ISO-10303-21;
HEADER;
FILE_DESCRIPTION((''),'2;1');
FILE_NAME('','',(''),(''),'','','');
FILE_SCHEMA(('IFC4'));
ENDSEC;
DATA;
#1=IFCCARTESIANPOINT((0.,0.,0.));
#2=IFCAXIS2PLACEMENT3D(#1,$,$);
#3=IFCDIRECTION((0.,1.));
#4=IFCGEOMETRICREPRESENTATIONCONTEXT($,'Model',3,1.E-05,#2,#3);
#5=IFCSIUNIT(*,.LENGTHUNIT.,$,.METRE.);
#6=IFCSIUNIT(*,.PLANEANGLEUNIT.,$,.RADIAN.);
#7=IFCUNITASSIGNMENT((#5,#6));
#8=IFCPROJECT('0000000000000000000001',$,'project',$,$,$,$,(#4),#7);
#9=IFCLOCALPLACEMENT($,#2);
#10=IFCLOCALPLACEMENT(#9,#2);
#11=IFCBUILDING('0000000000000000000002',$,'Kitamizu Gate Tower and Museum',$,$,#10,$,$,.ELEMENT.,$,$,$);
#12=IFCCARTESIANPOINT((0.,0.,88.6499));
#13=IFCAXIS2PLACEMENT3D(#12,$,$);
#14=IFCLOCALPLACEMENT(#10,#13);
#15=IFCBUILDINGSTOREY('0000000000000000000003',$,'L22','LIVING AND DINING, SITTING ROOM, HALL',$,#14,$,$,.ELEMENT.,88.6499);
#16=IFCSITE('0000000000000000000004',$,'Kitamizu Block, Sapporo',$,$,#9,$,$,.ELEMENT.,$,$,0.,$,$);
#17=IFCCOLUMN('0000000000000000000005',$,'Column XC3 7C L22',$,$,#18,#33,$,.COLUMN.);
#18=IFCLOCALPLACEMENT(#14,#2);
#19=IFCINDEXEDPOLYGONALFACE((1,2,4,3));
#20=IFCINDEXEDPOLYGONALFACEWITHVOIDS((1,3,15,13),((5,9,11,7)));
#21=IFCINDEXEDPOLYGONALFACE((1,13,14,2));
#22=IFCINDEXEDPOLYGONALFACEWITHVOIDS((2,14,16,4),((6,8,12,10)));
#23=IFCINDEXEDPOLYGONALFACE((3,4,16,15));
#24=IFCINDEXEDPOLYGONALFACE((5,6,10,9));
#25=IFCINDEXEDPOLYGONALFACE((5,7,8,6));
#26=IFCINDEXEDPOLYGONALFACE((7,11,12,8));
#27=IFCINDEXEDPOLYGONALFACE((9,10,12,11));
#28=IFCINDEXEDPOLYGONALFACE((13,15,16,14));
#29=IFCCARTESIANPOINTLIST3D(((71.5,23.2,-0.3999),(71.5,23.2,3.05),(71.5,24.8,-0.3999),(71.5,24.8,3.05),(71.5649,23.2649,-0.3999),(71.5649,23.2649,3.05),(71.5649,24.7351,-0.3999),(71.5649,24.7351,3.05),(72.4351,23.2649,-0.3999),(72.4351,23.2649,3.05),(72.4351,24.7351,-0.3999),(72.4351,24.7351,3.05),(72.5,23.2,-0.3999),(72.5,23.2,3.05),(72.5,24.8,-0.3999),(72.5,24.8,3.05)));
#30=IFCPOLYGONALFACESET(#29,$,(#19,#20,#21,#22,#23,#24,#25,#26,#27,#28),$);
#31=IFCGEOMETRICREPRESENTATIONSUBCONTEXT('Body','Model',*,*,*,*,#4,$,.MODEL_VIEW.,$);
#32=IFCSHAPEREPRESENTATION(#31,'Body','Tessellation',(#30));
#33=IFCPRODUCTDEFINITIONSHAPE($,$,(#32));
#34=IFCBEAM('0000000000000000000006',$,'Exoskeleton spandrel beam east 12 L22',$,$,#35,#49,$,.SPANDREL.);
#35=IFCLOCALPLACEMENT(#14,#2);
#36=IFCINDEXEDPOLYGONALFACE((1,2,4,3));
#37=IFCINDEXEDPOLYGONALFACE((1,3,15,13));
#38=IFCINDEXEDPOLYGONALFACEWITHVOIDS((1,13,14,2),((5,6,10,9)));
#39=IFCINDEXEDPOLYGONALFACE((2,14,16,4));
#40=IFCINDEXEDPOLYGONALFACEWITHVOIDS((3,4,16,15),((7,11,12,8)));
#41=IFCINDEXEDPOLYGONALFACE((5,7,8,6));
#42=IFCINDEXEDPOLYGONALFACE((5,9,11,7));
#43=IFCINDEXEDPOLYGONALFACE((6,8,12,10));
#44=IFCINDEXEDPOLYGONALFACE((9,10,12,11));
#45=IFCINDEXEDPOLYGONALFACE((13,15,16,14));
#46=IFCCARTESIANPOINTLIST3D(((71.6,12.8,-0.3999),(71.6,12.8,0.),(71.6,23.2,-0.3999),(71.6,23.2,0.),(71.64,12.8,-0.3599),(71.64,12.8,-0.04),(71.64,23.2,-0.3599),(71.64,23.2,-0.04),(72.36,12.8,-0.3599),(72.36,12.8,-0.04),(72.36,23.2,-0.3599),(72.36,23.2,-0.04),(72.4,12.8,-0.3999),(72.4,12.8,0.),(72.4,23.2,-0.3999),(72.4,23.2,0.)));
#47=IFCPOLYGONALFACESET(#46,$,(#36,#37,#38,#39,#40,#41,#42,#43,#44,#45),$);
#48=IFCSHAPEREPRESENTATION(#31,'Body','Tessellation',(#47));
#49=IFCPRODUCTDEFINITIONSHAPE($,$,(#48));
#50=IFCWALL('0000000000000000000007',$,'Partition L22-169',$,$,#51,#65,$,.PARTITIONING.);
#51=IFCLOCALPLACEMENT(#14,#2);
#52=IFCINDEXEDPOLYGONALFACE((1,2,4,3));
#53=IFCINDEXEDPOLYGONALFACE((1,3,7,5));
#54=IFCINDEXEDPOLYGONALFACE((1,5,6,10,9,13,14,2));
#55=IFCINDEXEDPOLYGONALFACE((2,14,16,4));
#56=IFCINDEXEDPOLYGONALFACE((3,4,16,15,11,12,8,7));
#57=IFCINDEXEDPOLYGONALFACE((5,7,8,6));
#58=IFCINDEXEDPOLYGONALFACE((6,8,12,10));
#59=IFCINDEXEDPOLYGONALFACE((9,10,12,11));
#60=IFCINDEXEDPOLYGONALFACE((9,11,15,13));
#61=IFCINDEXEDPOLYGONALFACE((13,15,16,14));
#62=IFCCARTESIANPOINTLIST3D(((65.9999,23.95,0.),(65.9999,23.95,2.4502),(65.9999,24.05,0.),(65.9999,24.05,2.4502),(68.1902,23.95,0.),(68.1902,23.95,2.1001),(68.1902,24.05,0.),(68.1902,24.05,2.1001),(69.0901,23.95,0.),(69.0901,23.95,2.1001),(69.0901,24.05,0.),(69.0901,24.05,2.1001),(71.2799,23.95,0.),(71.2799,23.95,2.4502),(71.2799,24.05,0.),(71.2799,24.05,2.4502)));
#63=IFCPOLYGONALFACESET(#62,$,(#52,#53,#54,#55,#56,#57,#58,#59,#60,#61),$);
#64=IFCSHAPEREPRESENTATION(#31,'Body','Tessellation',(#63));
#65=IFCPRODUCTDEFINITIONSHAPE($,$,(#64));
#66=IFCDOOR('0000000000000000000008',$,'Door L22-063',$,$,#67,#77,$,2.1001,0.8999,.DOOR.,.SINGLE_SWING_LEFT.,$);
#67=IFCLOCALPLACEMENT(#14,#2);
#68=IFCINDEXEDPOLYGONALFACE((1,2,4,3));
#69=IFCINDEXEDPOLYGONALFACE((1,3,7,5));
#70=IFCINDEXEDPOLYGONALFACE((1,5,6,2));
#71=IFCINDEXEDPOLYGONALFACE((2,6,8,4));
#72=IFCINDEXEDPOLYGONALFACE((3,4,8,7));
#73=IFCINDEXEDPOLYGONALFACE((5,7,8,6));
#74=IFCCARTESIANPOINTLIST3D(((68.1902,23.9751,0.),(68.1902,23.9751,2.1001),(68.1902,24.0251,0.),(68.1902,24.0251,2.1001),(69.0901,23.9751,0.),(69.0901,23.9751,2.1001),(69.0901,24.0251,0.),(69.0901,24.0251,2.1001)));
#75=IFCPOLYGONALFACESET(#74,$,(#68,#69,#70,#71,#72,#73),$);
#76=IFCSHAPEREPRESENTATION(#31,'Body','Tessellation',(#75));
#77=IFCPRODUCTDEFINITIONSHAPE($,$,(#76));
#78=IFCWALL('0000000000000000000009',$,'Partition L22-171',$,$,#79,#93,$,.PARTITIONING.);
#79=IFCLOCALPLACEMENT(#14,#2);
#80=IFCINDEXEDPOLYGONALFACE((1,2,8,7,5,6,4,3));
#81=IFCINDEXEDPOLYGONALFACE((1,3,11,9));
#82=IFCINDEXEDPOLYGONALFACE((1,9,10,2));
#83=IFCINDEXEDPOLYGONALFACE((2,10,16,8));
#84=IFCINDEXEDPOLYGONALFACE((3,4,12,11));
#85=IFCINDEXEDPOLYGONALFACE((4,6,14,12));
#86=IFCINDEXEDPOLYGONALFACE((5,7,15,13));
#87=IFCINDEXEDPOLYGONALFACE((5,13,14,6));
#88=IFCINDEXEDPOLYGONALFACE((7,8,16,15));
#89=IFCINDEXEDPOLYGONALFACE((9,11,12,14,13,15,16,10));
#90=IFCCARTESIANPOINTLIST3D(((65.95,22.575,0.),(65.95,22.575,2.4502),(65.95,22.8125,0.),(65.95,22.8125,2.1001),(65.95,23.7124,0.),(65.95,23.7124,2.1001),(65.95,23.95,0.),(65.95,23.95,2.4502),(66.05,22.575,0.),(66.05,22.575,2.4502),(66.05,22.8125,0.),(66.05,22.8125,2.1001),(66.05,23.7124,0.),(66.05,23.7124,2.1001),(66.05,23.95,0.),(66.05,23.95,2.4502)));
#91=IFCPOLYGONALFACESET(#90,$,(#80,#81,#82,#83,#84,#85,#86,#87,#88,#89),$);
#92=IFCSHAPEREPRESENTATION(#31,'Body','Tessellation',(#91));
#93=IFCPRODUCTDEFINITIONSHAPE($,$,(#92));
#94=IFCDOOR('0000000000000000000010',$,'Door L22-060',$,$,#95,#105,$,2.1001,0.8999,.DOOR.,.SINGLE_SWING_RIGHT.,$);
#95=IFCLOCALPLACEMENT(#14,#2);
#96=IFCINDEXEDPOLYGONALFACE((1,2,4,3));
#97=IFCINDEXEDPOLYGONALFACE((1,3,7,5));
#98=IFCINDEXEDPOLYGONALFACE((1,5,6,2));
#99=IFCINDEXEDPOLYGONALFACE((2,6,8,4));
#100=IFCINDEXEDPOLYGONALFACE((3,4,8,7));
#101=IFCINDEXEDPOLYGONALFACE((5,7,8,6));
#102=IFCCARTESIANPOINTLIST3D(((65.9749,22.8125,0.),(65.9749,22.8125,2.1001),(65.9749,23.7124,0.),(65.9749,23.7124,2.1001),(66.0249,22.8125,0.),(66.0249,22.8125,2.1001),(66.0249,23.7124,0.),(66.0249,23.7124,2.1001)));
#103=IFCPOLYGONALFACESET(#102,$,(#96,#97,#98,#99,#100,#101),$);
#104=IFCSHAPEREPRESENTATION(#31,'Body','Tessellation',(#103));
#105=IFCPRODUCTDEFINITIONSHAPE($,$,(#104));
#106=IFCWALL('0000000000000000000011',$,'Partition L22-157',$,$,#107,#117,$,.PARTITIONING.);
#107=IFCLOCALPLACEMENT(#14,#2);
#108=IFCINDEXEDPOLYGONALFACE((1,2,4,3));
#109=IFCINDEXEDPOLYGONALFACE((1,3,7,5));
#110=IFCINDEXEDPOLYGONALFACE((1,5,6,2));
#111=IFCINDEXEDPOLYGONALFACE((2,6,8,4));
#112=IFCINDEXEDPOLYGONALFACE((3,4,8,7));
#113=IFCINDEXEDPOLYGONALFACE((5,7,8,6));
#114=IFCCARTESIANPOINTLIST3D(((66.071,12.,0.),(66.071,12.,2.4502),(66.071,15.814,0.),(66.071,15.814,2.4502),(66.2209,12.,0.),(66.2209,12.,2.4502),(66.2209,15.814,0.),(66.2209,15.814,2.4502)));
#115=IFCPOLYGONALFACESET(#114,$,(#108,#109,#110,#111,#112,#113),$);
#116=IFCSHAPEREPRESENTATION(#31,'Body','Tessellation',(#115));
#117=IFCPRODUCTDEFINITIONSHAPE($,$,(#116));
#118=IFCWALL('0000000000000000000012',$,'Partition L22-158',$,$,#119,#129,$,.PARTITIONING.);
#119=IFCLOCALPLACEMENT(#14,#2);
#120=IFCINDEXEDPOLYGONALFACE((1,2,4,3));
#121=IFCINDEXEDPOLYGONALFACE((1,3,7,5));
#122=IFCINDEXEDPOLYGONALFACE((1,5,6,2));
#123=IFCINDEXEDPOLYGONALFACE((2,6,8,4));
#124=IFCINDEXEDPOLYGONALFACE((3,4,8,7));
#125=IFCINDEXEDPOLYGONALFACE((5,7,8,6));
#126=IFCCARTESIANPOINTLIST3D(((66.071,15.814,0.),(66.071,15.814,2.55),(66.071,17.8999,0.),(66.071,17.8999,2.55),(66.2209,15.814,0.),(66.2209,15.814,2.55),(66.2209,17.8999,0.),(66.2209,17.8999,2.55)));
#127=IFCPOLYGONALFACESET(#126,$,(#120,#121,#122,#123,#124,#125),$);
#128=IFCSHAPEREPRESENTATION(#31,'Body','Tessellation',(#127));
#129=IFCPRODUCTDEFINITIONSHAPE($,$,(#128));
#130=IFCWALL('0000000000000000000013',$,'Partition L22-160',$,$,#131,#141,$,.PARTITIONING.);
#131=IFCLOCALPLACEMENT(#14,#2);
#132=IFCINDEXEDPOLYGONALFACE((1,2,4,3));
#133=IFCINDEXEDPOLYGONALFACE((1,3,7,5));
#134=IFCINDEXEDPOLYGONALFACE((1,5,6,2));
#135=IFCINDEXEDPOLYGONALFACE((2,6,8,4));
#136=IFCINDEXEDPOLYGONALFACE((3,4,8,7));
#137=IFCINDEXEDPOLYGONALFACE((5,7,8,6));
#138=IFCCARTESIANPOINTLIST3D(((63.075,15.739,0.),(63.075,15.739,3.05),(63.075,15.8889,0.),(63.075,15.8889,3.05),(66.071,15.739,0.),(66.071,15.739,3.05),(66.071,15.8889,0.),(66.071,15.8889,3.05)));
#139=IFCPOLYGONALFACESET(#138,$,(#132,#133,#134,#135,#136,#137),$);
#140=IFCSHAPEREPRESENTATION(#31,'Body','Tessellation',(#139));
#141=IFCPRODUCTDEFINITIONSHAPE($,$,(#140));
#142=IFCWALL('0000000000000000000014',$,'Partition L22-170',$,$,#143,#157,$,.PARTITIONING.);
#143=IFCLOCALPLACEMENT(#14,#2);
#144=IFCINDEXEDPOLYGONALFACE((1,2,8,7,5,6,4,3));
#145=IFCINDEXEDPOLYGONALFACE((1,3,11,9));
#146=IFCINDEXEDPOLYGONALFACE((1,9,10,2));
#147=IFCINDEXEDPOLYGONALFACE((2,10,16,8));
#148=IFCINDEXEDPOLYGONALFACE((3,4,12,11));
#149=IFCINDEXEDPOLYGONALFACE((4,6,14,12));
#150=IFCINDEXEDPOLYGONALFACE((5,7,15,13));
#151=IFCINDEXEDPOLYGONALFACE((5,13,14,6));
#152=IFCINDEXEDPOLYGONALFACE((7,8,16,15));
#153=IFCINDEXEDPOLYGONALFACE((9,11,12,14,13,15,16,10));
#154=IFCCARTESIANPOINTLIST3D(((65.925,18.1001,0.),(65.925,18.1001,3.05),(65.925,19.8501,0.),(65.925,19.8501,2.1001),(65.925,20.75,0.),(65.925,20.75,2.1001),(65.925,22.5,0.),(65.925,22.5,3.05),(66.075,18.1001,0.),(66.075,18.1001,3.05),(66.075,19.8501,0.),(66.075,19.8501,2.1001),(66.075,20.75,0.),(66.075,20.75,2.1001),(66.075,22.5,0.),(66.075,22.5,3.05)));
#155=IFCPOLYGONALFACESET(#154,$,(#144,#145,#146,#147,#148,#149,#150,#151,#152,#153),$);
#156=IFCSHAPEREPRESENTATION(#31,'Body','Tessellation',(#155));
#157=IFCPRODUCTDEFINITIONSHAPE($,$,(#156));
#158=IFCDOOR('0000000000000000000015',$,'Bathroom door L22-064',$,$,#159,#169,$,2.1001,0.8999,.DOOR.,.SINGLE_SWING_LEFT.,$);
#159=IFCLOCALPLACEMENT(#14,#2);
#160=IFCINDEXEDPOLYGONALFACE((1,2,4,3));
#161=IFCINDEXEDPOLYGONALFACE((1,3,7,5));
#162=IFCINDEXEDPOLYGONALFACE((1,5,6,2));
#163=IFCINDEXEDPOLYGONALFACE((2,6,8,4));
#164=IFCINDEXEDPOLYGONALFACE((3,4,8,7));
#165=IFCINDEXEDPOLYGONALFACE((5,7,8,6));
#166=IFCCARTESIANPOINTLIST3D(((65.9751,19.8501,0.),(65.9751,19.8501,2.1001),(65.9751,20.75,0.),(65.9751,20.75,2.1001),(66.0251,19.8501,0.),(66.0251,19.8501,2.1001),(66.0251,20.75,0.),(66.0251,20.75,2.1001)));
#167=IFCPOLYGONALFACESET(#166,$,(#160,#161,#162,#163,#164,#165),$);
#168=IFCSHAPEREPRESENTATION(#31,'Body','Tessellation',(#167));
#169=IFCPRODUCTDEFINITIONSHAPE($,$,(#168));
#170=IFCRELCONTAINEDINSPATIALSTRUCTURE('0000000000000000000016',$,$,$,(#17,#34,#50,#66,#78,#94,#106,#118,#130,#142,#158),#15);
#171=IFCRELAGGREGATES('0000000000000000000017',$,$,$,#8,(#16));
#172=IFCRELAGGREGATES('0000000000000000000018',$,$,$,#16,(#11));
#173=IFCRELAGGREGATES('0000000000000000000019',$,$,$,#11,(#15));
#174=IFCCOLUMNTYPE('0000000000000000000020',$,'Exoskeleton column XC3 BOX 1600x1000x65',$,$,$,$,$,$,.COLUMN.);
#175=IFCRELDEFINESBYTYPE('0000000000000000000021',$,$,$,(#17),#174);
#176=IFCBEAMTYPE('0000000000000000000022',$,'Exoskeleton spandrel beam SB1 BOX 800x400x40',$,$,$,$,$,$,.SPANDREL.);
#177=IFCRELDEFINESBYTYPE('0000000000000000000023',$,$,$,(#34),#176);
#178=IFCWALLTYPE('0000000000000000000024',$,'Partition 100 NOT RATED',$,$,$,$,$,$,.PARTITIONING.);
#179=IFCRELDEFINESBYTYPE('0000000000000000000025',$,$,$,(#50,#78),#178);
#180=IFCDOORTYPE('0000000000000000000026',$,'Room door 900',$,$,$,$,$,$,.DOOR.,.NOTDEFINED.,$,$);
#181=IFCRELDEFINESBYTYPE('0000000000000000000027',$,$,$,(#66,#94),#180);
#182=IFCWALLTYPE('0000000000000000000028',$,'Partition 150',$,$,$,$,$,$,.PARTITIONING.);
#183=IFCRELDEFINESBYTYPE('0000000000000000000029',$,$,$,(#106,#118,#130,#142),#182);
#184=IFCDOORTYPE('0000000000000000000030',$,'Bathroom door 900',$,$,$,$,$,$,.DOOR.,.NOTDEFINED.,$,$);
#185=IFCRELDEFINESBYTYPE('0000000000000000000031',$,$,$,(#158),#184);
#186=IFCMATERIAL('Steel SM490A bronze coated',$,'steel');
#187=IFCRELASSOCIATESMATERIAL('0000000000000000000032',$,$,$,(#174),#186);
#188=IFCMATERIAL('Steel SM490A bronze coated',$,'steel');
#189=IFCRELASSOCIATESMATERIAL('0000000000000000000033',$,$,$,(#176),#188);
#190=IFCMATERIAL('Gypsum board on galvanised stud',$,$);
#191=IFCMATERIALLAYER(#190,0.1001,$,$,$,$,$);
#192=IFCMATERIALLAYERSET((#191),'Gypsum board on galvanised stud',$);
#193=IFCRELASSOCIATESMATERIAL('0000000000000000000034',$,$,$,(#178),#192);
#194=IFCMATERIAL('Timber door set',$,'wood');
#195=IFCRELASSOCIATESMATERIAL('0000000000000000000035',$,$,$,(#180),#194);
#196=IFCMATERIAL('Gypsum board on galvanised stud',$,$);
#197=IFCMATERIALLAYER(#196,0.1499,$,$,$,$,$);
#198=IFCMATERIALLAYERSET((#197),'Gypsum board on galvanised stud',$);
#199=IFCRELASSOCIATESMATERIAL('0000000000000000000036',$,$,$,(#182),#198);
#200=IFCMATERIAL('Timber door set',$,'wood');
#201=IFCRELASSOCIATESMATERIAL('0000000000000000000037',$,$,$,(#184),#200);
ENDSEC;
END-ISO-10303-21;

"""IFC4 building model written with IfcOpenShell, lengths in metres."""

from ifc_helpers import new_model, si_unit, direction, frame, frame_2d, origin, origin_2d, place, context, subcontext, project, spatial, rectangle, hollow_rectangle, extrude, material, layer, layer_set, material_profile, profile_set, type_object, element, fill, save


model = new_model("IFC4")

# Units and contexts
model_context = context("Model", 3, precision=1e-05, world=origin(), true_north=direction((0.0, 1.0)))
body_context = subcontext(model_context, "Body", "Model", "MODEL_VIEW")
ifc_project = project(units=[si_unit("LENGTHUNIT", "METRE"), si_unit("PLANEANGLEUNIT", "RADIAN")], contexts=[model_context])

# Site, building, storey
site_placement = place(None, origin())
site = spatial("IfcSite", under=ifc_project, at=site_placement, Name="Kitamizu Block, Sapporo", CompositionType="ELEMENT", RefElevation=0.0)
building_placement = place(site_placement, origin())
building = spatial("IfcBuilding", under=site, at=building_placement, Name="Kitamizu Gate Tower and Museum", CompositionType="ELEMENT")
storey_placement = place(building_placement, frame((0.0, 0.0, 88.6499)))
storey = spatial("IfcBuildingStorey", under=building, at=storey_placement, Name="L22", Description="LIVING AND DINING, SITTING ROOM, HALL", CompositionType="ELEMENT", Elevation=88.6499)

# Column
ifc_material_1 = material(Name="Steel SM490A bronze coated", Category="steel")
ifc_material_profile_1 = material_profile(ifc_material_1, hollow_rectangle(XDim=1.6001, YDim=1.0, WallThickness=0.0649, at=origin_2d()), Name="BOX 1600x1000x65")
ifc_profile_set_1 = profile_set([ifc_material_profile_1], Name="Steel SM490A bronze coated")
column_type = type_object("IfcColumnType", Name="Exoskeleton column XC3 BOX 1600x1000x65", PredefinedType="COLUMN", material=ifc_profile_set_1)
column_placement = place(storey_placement, frame((72.0, 24.0, -0.3999), z_axis=(0.0, 0.0, 1.0), x_axis=(0.0, 1.0, 0.0)))
element("IfcColumn", 1, at=column_placement, inside=storey, type_object=column_type, Name="Column XC3 7C L22", PredefinedType="COLUMN", context=body_context, shape_type="SweptSolid", body=[
    extrude(hollow_rectangle(XDim=1.6001, YDim=1.0, WallThickness=0.0649, at=origin_2d()), origin(), (0.0, 0.0, 1.0), 3.45),
])

# Beam
ifc_material_2 = material(Name="Steel SM490A bronze coated", Category="steel")
ifc_material_profile_2 = material_profile(ifc_material_2, hollow_rectangle(XDim=0.8, YDim=0.3999, WallThickness=0.04, at=origin_2d()), Name="BOX 800x400x40")
ifc_profile_set_2 = profile_set([ifc_material_profile_2], Name="Steel SM490A bronze coated")
beam_type = type_object("IfcBeamType", Name="Exoskeleton spandrel beam SB1 BOX 800x400x40", PredefinedType="SPANDREL", material=ifc_profile_set_2)
beam_placement = place(storey_placement, frame((72.0, 12.8, -0.2), z_axis=(0.0, 1.0, 0.0), x_axis=(-1.0, 0.0, 0.0)))
element("IfcBeam", 2, at=beam_placement, inside=storey, type_object=beam_type, Name="Exoskeleton spandrel beam east 12 L22", PredefinedType="SPANDREL", context=body_context, shape_type="SweptSolid", body=[
    extrude(hollow_rectangle(XDim=0.8, YDim=0.3999, WallThickness=0.04, at=origin_2d()), origin(), (0.0, 0.0, 1.0), 10.3999),
])

# Walls, openings, doors
ifc_material_3 = material(Name="Gypsum board on galvanised stud")
ifc_layer_1 = layer(ifc_material_3, 0.1001)
ifc_layer_set_1 = layer_set([ifc_layer_1], Name="Gypsum board on galvanised stud")
wall_type_1 = type_object("IfcWallType", Name="Partition 100 NOT RATED", PredefinedType="PARTITIONING", material=ifc_layer_set_1)
wall_1_placement = place(storey_placement, frame((71.28, 24.0, 0.0), z_axis=(0.0, 0.0, 1.0), x_axis=(-1.0, 0.0, 0.0)))
wall_1 = element("IfcWall", 3, at=wall_1_placement, inside=storey, type_object=wall_type_1, Name="Partition L22-169", PredefinedType="PARTITIONING", context=body_context, shape_type="SweptSolid", body=[
    extrude(rectangle(XDim=5.28, YDim=0.1001, at=frame_2d((2.6401, 0.0))), origin(), (0.0, 0.0, 1.0), 2.4502),
])
opening_1_placement = place(wall_1_placement, frame((2.1899, 0.0, 0.0)))
opening_1 = element("IfcOpeningElement", 4, at=opening_1_placement, cuts=wall_1, PredefinedType="OPENING", context=body_context, shape_type="SweptSolid", body=[
    extrude(rectangle(XDim=0.8999, YDim=2.1001, at=frame_2d((0.45, 1.05))), frame((0.0, 0.0601, 0.0), z_axis=(0.0, -1.0, 0.0), x_axis=(1.0, 0.0, 0.0)), (0.0, 0.0, 1.0), 0.1201),
])
ifc_material_4 = material(Name="Timber door set", Category="wood")
door_type_1 = type_object("IfcDoorType", Name="Room door 900", OperationType="NOTDEFINED", PredefinedType="DOOR", material=ifc_material_4)
door_1_placement = place(opening_1_placement, origin())
door_1 = element("IfcDoor", 5, at=door_1_placement, inside=storey, type_object=door_type_1, Name="Door L22-063", OperationType="SINGLE_SWING_LEFT", OverallHeight=2.1001, OverallWidth=0.8999, PredefinedType="DOOR", context=body_context, shape_type="SweptSolid", body=[
    extrude(rectangle(XDim=0.8999, YDim=2.1001, at=frame_2d((0.45, 1.05))), frame((0.0, 0.0249, 0.0), z_axis=(0.0, -1.0, 0.0), x_axis=(1.0, 0.0, 0.0)), (0.0, 0.0, 1.0), 0.05),
])
fill(opening_1, door_1)
wall_2_placement = place(storey_placement, frame((66.0, 23.95, 0.0), z_axis=(0.0, 0.0, 1.0), x_axis=(0.0, -1.0, 0.0)))
wall_2 = element("IfcWall", 6, at=wall_2_placement, inside=storey, type_object=wall_type_1, Name="Partition L22-171", PredefinedType="PARTITIONING", context=body_context, shape_type="SweptSolid", body=[
    extrude(rectangle(XDim=1.375, YDim=0.1001, at=frame_2d((0.6875, 0.0))), origin(), (0.0, 0.0, 1.0), 2.4502),
])
opening_2_placement = place(wall_2_placement, frame((0.2375, 0.0, 0.0)))
opening_2 = element("IfcOpeningElement", 7, at=opening_2_placement, cuts=wall_2, PredefinedType="OPENING", context=body_context, shape_type="SweptSolid", body=[
    extrude(rectangle(XDim=0.8999, YDim=2.1001, at=frame_2d((0.45, 1.05))), frame((0.0, 0.0601, 0.0), z_axis=(0.0, -1.0, 0.0), x_axis=(1.0, 0.0, 0.0)), (0.0, 0.0, 1.0), 0.1201),
])
door_2_placement = place(opening_2_placement, origin())
door_2 = element("IfcDoor", 8, at=door_2_placement, inside=storey, type_object=door_type_1, Name="Door L22-060", OperationType="SINGLE_SWING_RIGHT", OverallHeight=2.1001, OverallWidth=0.8999, PredefinedType="DOOR", context=body_context, shape_type="SweptSolid", body=[
    extrude(rectangle(XDim=0.8999, YDim=2.1001, at=frame_2d((0.45, 1.05))), frame((0.0, 0.0249, 0.0), z_axis=(0.0, -1.0, 0.0), x_axis=(1.0, 0.0, 0.0)), (0.0, 0.0, 1.0), 0.05),
])
fill(opening_2, door_2)

# Walls
ifc_material_5 = material(Name="Gypsum board on galvanised stud")
ifc_layer_2 = layer(ifc_material_5, 0.1499)
ifc_layer_set_2 = layer_set([ifc_layer_2], Name="Gypsum board on galvanised stud")
wall_type_2 = type_object("IfcWallType", Name="Partition 150", PredefinedType="PARTITIONING", material=ifc_layer_set_2)
wall_3_placement = place(storey_placement, frame((66.146, 15.814, 0.0), z_axis=(0.0, 0.0, 1.0), x_axis=(0.0, -1.0, 0.0)))
element("IfcWall", 9, at=wall_3_placement, inside=storey, type_object=wall_type_2, Name="Partition L22-157", PredefinedType="PARTITIONING", context=body_context, shape_type="SweptSolid", body=[
    extrude(rectangle(XDim=3.814, YDim=0.1499, at=frame_2d((1.907, 0.0))), origin(), (0.0, 0.0, 1.0), 2.4502),
])
wall_4_placement = place(storey_placement, frame((66.146, 17.8999, 0.0), z_axis=(0.0, 0.0, 1.0), x_axis=(0.0, -1.0, 0.0)))
element("IfcWall", 10, at=wall_4_placement, inside=storey, type_object=wall_type_2, Name="Partition L22-158", PredefinedType="PARTITIONING", context=body_context, shape_type="SweptSolid", body=[
    extrude(rectangle(XDim=2.0859, YDim=0.1499, at=frame_2d((1.043, 0.0))), origin(), (0.0, 0.0, 1.0), 2.55),
])
wall_5_placement = place(storey_placement, frame((66.071, 15.814, 0.0), z_axis=(0.0, 0.0, 1.0), x_axis=(-1.0, 0.0, 0.0)))
element("IfcWall", 11, at=wall_5_placement, inside=storey, type_object=wall_type_2, Name="Partition L22-160", PredefinedType="PARTITIONING", context=body_context, shape_type="SweptSolid", body=[
    extrude(rectangle(XDim=2.9961, YDim=0.1499, at=frame_2d((1.498, 0.0))), origin(), (0.0, 0.0, 1.0), 3.05),
])

# Wall, opening, door
wall_6_placement = place(storey_placement, frame((66.0, 22.5, 0.0), z_axis=(0.0, 0.0, 1.0), x_axis=(0.0, -1.0, 0.0)))
wall_6 = element("IfcWall", 12, at=wall_6_placement, inside=storey, type_object=wall_type_2, Name="Partition L22-170", PredefinedType="PARTITIONING", context=body_context, shape_type="SweptSolid", body=[
    extrude(rectangle(XDim=4.3999, YDim=0.1499, at=frame_2d((2.2, 0.0))), origin(), (0.0, 0.0, 1.0), 3.05),
])
opening_3_placement = place(wall_6_placement, frame((1.75, 0.0, 0.0)))
opening_3 = element("IfcOpeningElement", 13, at=opening_3_placement, cuts=wall_6, PredefinedType="OPENING", context=body_context, shape_type="SweptSolid", body=[
    extrude(rectangle(XDim=0.8999, YDim=2.1001, at=frame_2d((0.45, 1.05))), frame((0.0, 0.085, 0.0), z_axis=(0.0, -1.0, 0.0), x_axis=(1.0, 0.0, 0.0)), (0.0, 0.0, 1.0), 0.1699),
])
ifc_material_6 = material(Name="Timber door set", Category="wood")
door_type_2 = type_object("IfcDoorType", Name="Bathroom door 900", OperationType="NOTDEFINED", PredefinedType="DOOR", material=ifc_material_6)
door_3_placement = place(opening_3_placement, frame((0.8999, 0.0, 0.0), x_axis=(-1.0, 0.0, 0.0)))
door_3 = element("IfcDoor", 14, at=door_3_placement, inside=storey, type_object=door_type_2, Name="Bathroom door L22-064", OperationType="SINGLE_SWING_LEFT", OverallHeight=2.1001, OverallWidth=0.8999, PredefinedType="DOOR", context=body_context, shape_type="SweptSolid", body=[
    extrude(rectangle(XDim=0.8999, YDim=2.1001, at=frame_2d((0.45, 1.05))), frame((0.0, 0.0249, 0.0), z_axis=(0.0, -1.0, 0.0), x_axis=(1.0, 0.0, 0.0)), (0.0, 0.0, 1.0), 0.05),
])
fill(opening_3, door_3)

save(model, "model.ifc")
